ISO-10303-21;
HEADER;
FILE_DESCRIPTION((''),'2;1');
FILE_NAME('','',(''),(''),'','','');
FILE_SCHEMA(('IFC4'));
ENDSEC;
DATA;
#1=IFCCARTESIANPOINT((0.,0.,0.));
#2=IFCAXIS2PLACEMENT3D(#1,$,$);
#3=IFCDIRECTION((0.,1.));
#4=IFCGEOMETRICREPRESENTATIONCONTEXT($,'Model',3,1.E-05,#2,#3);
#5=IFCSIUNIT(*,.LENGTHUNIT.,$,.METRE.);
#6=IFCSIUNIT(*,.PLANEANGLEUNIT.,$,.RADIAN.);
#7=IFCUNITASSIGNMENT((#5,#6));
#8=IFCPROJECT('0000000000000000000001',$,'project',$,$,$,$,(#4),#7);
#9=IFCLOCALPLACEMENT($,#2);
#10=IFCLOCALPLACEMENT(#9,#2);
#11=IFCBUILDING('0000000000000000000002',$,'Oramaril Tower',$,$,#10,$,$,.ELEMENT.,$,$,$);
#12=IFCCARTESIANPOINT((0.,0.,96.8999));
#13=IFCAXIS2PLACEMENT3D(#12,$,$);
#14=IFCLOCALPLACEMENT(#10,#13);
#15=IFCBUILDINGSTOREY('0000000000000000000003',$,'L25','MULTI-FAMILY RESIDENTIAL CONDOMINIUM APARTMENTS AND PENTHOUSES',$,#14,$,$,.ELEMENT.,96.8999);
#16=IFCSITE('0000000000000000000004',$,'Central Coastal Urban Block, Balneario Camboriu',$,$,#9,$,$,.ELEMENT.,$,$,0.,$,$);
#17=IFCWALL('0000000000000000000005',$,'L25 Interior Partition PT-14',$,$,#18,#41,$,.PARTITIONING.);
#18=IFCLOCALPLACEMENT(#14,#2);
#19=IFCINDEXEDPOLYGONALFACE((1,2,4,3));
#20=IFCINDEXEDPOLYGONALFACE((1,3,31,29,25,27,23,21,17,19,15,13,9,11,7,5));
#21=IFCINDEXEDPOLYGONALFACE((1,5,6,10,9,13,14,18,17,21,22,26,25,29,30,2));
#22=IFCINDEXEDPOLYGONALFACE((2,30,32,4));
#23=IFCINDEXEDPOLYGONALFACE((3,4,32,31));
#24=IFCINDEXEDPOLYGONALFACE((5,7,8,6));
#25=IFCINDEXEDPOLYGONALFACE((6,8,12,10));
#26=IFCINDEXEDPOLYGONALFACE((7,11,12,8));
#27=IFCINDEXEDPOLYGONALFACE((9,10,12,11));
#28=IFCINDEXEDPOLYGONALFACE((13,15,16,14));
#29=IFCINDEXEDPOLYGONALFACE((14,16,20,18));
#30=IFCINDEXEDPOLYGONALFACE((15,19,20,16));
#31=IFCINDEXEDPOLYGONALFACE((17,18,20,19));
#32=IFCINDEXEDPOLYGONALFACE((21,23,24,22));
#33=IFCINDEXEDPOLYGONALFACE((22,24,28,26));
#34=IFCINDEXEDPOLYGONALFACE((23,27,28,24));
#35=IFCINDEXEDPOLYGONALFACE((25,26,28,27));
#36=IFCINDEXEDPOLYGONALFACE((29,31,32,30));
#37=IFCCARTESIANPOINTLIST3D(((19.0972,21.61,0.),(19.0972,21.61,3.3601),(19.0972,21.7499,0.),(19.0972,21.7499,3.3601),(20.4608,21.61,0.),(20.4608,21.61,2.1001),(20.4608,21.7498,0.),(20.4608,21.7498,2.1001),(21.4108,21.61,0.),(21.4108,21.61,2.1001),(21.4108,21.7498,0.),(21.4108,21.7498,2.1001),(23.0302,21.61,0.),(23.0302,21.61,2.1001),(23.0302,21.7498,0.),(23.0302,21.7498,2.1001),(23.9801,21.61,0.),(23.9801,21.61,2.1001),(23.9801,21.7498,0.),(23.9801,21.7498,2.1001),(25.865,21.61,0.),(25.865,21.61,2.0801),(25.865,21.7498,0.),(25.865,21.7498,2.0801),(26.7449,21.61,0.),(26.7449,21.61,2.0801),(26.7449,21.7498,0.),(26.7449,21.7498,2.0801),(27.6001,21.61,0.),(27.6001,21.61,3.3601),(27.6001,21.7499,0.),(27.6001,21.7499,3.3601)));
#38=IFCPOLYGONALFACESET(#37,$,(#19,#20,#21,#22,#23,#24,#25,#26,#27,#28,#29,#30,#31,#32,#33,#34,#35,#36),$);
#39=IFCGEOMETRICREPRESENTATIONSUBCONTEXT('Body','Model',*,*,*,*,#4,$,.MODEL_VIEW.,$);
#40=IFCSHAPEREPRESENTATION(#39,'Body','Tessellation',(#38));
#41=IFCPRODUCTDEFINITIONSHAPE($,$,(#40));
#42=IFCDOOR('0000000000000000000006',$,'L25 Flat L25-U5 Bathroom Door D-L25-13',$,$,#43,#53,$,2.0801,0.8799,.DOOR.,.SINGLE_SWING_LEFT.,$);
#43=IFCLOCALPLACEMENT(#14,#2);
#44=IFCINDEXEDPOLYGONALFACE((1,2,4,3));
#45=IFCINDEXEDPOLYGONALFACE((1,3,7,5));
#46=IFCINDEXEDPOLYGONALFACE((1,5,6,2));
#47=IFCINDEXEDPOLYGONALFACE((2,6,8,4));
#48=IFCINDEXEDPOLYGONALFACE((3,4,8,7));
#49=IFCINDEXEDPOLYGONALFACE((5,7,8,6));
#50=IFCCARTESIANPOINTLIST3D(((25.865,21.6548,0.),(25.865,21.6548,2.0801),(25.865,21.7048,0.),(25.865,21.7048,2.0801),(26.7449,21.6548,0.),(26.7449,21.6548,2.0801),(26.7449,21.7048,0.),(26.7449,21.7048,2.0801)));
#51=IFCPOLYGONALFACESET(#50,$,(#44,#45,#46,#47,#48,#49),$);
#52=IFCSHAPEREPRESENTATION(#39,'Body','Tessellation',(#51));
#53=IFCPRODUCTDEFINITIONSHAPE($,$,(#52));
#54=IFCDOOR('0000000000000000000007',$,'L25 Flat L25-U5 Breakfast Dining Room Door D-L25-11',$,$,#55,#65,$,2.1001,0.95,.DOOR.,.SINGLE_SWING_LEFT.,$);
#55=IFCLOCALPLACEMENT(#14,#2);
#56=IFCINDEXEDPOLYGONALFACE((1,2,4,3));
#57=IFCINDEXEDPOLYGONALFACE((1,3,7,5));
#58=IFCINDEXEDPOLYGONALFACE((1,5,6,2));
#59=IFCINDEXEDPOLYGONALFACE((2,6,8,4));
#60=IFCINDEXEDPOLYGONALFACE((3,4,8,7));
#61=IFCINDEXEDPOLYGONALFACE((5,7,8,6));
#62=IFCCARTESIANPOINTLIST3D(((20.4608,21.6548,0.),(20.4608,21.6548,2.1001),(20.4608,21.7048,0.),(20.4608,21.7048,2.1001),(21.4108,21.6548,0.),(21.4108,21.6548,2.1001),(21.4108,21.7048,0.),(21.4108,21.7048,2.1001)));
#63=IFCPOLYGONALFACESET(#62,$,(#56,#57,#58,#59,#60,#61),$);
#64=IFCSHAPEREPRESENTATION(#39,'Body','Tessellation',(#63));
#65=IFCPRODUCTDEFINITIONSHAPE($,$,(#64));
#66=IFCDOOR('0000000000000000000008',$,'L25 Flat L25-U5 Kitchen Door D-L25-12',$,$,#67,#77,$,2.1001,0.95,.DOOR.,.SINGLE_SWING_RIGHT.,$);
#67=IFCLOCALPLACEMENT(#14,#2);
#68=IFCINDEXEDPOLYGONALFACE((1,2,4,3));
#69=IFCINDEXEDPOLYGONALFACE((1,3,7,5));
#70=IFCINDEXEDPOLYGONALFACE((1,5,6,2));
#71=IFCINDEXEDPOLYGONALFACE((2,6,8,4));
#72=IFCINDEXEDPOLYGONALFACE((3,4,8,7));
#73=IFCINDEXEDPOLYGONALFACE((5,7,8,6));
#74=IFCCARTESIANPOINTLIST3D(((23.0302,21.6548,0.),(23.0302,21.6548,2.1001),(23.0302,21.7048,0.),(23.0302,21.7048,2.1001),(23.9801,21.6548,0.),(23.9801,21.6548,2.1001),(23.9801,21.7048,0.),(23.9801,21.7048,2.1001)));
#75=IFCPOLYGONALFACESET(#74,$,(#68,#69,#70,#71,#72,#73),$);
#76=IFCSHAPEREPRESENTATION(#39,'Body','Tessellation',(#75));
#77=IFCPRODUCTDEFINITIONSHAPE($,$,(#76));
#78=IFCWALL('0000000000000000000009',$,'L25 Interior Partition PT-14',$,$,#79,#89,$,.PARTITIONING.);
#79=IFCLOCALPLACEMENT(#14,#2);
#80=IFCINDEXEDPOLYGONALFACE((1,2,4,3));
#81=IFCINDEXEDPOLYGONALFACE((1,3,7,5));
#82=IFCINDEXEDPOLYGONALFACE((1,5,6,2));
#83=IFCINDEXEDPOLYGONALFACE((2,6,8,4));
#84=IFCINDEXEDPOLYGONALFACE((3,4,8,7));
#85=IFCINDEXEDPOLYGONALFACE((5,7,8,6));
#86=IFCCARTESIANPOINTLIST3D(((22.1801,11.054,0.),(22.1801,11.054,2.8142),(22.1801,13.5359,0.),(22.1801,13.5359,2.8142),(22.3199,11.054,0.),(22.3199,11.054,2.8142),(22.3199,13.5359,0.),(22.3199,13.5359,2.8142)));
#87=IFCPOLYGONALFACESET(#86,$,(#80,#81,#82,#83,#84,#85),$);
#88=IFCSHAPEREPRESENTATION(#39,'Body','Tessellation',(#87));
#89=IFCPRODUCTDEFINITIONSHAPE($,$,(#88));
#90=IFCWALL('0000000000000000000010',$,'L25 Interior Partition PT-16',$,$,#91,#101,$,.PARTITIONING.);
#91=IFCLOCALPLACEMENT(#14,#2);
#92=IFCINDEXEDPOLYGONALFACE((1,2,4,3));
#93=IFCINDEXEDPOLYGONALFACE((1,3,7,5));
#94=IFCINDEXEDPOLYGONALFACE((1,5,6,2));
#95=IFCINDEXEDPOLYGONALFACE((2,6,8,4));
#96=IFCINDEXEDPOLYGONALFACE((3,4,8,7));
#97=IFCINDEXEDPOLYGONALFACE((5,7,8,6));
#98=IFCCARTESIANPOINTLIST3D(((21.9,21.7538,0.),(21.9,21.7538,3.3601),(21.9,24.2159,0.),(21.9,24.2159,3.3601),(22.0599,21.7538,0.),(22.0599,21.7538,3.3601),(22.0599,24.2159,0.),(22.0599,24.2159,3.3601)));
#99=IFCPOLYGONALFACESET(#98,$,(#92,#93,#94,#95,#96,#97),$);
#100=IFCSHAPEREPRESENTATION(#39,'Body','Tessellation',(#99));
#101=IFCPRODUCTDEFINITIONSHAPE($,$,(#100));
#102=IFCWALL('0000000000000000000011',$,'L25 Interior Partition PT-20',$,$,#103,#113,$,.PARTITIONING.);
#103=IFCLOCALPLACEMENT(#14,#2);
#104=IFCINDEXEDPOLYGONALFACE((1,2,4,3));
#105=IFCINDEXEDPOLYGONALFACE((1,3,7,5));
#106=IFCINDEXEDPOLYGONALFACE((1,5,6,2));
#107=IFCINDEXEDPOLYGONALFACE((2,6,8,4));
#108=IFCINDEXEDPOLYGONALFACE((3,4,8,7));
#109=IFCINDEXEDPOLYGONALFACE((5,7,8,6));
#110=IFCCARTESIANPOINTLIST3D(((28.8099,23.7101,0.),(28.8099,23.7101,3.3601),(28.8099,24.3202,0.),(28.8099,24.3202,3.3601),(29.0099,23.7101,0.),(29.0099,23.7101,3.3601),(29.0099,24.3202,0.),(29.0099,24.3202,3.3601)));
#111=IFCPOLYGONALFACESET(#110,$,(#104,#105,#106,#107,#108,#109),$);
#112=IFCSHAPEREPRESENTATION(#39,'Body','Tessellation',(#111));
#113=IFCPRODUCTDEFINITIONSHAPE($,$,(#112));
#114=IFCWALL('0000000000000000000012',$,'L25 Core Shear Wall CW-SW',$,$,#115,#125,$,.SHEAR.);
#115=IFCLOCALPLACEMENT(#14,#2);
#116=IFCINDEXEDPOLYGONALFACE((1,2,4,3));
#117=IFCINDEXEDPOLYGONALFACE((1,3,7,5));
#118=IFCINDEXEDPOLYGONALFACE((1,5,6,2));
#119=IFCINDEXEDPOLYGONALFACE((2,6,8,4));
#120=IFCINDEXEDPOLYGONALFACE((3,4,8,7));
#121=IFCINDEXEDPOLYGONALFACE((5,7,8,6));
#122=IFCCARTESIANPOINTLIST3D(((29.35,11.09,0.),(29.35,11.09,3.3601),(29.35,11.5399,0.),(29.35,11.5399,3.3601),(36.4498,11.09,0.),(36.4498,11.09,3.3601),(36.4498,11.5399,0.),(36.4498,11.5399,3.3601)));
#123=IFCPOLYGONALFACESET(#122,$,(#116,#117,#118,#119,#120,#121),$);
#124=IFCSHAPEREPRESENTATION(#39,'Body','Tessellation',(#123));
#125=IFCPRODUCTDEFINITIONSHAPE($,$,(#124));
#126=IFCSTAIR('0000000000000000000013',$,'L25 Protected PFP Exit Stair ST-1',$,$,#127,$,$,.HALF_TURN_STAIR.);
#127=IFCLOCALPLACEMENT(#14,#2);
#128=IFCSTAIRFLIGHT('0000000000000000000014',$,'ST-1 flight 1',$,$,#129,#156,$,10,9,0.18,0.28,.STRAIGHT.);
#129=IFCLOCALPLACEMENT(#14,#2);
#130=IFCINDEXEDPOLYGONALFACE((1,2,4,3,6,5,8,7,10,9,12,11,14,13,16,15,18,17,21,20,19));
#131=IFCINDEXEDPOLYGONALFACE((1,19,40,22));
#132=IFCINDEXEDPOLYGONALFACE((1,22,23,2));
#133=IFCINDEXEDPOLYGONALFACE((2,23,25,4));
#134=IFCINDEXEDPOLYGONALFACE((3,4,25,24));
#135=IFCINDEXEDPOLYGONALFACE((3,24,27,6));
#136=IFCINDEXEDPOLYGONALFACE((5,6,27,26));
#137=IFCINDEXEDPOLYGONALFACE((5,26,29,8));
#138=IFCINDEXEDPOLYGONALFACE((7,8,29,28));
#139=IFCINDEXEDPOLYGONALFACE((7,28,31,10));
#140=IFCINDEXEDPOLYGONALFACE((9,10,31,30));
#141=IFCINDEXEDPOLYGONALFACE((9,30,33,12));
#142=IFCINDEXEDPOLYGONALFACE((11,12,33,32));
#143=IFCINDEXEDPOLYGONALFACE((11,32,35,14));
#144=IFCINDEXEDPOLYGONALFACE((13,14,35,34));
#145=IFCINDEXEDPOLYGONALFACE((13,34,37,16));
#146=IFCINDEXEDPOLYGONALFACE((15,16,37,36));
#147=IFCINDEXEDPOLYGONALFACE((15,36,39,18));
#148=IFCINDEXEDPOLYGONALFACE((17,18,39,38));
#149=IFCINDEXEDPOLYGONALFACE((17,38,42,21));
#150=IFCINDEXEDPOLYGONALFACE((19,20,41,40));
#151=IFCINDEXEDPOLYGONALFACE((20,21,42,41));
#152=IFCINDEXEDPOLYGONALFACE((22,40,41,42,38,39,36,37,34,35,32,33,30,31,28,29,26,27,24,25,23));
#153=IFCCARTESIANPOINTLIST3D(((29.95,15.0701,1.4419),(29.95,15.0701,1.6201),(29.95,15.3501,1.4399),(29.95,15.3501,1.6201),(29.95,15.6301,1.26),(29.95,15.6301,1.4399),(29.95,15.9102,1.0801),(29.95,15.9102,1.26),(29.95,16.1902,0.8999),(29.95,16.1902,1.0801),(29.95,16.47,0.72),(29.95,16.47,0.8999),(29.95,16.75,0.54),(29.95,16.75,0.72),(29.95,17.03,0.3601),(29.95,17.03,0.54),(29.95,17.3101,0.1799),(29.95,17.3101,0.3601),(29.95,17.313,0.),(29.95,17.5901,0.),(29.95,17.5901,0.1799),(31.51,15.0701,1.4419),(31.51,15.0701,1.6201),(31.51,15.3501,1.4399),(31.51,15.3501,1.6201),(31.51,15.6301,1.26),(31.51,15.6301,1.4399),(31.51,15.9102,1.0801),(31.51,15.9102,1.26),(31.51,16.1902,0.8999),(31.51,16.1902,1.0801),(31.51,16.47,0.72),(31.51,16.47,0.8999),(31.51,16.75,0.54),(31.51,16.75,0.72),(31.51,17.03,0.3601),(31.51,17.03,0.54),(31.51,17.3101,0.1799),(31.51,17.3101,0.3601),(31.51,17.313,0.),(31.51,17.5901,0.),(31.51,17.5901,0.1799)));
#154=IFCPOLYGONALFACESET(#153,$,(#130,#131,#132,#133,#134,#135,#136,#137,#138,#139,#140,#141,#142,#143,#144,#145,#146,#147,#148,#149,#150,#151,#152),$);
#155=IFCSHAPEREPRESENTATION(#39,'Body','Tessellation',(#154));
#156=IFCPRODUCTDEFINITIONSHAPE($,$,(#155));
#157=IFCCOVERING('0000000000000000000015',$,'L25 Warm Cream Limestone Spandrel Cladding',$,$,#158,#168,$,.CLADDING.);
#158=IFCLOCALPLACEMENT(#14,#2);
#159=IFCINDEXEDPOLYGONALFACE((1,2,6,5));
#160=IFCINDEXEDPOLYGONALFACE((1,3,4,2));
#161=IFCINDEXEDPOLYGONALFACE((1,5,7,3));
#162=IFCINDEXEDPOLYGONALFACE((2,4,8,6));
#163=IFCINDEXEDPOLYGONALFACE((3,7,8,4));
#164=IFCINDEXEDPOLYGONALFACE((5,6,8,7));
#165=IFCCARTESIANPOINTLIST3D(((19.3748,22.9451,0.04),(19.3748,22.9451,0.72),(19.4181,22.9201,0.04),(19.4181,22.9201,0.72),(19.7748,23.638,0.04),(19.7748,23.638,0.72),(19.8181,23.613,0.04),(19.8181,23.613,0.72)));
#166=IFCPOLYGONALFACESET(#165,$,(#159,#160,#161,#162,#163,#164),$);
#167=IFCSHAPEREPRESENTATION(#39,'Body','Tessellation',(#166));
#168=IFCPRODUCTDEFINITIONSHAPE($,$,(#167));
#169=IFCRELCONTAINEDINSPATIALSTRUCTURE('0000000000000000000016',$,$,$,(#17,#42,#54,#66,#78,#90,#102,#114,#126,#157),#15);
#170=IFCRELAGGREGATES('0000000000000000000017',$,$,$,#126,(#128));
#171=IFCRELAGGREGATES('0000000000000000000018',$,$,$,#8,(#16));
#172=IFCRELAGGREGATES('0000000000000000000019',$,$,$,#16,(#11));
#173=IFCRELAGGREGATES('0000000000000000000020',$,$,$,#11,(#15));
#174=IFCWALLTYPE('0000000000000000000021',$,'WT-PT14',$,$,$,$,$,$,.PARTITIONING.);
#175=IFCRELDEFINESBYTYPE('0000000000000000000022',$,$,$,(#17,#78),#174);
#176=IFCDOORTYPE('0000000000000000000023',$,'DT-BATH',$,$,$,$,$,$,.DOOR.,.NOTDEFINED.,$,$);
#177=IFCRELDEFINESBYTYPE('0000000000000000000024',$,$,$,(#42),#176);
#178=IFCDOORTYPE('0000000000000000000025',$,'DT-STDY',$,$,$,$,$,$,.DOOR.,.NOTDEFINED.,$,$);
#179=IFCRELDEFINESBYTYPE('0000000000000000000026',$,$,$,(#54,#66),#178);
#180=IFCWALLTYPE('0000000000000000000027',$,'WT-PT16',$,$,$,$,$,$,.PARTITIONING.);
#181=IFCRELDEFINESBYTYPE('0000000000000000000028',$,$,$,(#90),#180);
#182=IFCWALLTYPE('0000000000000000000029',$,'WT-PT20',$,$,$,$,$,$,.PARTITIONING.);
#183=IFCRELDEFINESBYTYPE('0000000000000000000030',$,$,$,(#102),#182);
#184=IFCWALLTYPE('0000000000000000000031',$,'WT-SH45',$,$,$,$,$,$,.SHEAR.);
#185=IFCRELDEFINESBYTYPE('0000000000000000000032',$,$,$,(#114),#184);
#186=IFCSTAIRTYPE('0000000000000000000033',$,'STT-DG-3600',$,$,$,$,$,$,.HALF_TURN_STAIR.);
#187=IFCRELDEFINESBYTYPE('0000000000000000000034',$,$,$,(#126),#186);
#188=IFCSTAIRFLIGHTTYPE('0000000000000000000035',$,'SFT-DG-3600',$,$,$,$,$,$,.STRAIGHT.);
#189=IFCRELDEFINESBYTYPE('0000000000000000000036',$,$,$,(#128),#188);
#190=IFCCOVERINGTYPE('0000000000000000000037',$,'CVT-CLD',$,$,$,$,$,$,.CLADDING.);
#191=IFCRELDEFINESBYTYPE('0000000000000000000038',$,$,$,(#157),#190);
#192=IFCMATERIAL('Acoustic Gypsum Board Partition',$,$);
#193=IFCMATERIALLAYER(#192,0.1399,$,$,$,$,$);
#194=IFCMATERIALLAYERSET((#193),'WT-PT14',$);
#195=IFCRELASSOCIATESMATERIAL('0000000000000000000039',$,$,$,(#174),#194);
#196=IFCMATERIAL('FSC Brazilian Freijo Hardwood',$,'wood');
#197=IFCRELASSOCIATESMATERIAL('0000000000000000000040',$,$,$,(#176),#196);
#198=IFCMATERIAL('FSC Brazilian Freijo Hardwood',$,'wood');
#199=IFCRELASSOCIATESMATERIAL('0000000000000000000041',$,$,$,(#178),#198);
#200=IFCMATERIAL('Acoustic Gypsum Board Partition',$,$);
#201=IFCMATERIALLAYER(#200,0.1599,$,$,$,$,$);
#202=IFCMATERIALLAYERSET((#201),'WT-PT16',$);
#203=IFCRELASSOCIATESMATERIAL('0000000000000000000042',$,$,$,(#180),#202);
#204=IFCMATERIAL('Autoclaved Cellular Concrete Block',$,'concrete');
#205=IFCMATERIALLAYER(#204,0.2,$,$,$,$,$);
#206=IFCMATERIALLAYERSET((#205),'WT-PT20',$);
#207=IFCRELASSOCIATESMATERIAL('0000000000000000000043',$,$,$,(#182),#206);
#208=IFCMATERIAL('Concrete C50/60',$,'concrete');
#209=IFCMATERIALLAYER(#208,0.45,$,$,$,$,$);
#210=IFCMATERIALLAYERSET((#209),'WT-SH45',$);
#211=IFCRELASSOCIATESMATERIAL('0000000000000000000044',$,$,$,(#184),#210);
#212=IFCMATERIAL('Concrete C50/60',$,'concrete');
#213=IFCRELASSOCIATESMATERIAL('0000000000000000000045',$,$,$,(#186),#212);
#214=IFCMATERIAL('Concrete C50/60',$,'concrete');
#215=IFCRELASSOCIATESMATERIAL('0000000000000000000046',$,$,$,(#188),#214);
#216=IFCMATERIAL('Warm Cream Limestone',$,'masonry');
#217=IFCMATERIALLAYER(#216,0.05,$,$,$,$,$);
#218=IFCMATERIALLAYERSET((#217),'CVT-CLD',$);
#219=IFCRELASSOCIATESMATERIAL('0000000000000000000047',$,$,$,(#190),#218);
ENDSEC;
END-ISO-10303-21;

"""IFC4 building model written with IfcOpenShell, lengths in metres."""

from ifc_helpers import new_model, si_unit, direction, frame, frame_2d, origin, origin_2d, place, context, subcontext, project, spatial, polyline, rectangle, outline, extrude, material, layer, layer_set, type_object, element, fill, aggregate, save


model = new_model("IFC4")

# Units and contexts
model_context = context("Model", 3, precision=1e-05, world=origin(), true_north=direction((0.0, 1.0)))
body_context = subcontext(model_context, "Body", "Model", "MODEL_VIEW")
ifc_project = project(units=[si_unit("LENGTHUNIT", "METRE"), si_unit("PLANEANGLEUNIT", "RADIAN")], contexts=[model_context])

# Site, building, storey
site_placement = place(None, origin())
site = spatial("IfcSite", under=ifc_project, at=site_placement, Name="Central Coastal Urban Block, Balneario Camboriu", CompositionType="ELEMENT", RefElevation=0.0)
building_placement = place(site_placement, origin())
building = spatial("IfcBuilding", under=site, at=building_placement, Name="Oramaril Tower", CompositionType="ELEMENT")
storey_placement = place(building_placement, frame((0.0, 0.0, 96.8999)))
storey = spatial("IfcBuildingStorey", under=building, at=storey_placement, Name="L25", Description="MULTI-FAMILY RESIDENTIAL CONDOMINIUM APARTMENTS AND PENTHOUSES", CompositionType="ELEMENT", Elevation=96.8999)

# Wall, openings, doors
ifc_material_1 = material(Name="Acoustic Gypsum Board Partition")
ifc_layer_1 = layer(ifc_material_1, 0.1399)
ifc_layer_set_1 = layer_set([ifc_layer_1], Name="WT-PT14")
wall_type_1 = type_object("IfcWallType", Name="WT-PT14", PredefinedType="PARTITIONING", material=ifc_layer_set_1)
wall_1_placement = place(storey_placement, frame((19.0972, 21.6799, 0.0), z_axis=(0.0, 0.0, 1.0), x_axis=(1.0, 0.0, 0.0)))
wall_1 = element("IfcWall", 1, at=wall_1_placement, inside=storey, type_object=wall_type_1, Name="L25 Interior Partition PT-14", PredefinedType="PARTITIONING", context=body_context, shape_type="SweptSolid", body=[
    extrude(rectangle(XDim=8.5029, YDim=0.1399, at=frame_2d((4.2515, 0.0))), origin(), (0.0, 0.0, 1.0), 3.3601),
])
opening_1_placement = place(wall_1_placement, frame((1.3635, 0.0, 0.0)))
opening_1 = element("IfcOpeningElement", 2, at=opening_1_placement, cuts=wall_1, PredefinedType="OPENING", context=body_context, shape_type="SweptSolid", body=[
    extrude(rectangle(XDim=0.95, YDim=2.1001, at=frame_2d((0.4751, 1.05))), frame((0.0, 0.0698, 0.0), z_axis=(0.0, -1.0, 0.0), x_axis=(1.0, 0.0, 0.0)), (0.0, 0.0, 1.0), 0.1399),
])
opening_2_placement = place(wall_1_placement, frame((3.9329, 0.0, 0.0)))
opening_2 = element("IfcOpeningElement", 3, at=opening_2_placement, cuts=wall_1, PredefinedType="OPENING", context=body_context, shape_type="SweptSolid", body=[
    extrude(rectangle(XDim=0.95, YDim=2.1001, at=frame_2d((0.4751, 1.05))), frame((0.0, 0.0698, 0.0), z_axis=(0.0, -1.0, 0.0), x_axis=(1.0, 0.0, 0.0)), (0.0, 0.0, 1.0), 0.1399),
])
opening_3_placement = place(wall_1_placement, frame((6.7678, 0.0, 0.0)))
opening_3 = element("IfcOpeningElement", 4, at=opening_3_placement, cuts=wall_1, PredefinedType="OPENING", context=body_context, shape_type="SweptSolid", body=[
    extrude(rectangle(XDim=0.8799, YDim=2.0801, at=frame_2d((0.4399, 1.04))), frame((0.0, 0.0698, 0.0), z_axis=(0.0, -1.0, 0.0), x_axis=(1.0, 0.0, 0.0)), (0.0, 0.0, 1.0), 0.1399),
])
ifc_material_2 = material(Name="FSC Brazilian Freijo Hardwood", Category="wood")
door_type_1 = type_object("IfcDoorType", Name="DT-BATH", OperationType="NOTDEFINED", PredefinedType="DOOR", material=ifc_material_2)
door_1_placement = place(opening_3_placement, origin())
door_1 = element("IfcDoor", 5, at=door_1_placement, inside=storey, type_object=door_type_1, Name="L25 Flat L25-U5 Bathroom Door D-L25-13", OperationType="SINGLE_SWING_LEFT", OverallHeight=2.0801, OverallWidth=0.8799, PredefinedType="DOOR", context=body_context, shape_type="SweptSolid", body=[
    extrude(rectangle(XDim=0.8799, YDim=2.0801, at=frame_2d((0.4399, 1.04))), frame((0.0, 0.0249, 0.0), z_axis=(0.0, -1.0, 0.0), x_axis=(1.0, 0.0, 0.0)), (0.0, 0.0, 1.0), 0.05),
])
fill(opening_3, door_1)
ifc_material_3 = material(Name="FSC Brazilian Freijo Hardwood", Category="wood")
door_type_2 = type_object("IfcDoorType", Name="DT-STDY", OperationType="NOTDEFINED", PredefinedType="DOOR", material=ifc_material_3)
door_2_placement = place(opening_1_placement, origin())
door_2 = element("IfcDoor", 6, at=door_2_placement, inside=storey, type_object=door_type_2, Name="L25 Flat L25-U5 Breakfast Dining Room Door D-L25-11", OperationType="SINGLE_SWING_LEFT", OverallHeight=2.1001, OverallWidth=0.95, PredefinedType="DOOR", context=body_context, shape_type="SweptSolid", body=[
    extrude(rectangle(XDim=0.95, YDim=2.1001, at=frame_2d((0.4751, 1.05))), frame((0.0, 0.0249, 0.0), z_axis=(0.0, -1.0, 0.0), x_axis=(1.0, 0.0, 0.0)), (0.0, 0.0, 1.0), 0.05),
])
fill(opening_1, door_2)
door_3_placement = place(opening_2_placement, origin())
door_3 = element("IfcDoor", 7, at=door_3_placement, inside=storey, type_object=door_type_2, Name="L25 Flat L25-U5 Kitchen Door D-L25-12", OperationType="SINGLE_SWING_RIGHT", OverallHeight=2.1001, OverallWidth=0.95, PredefinedType="DOOR", context=body_context, shape_type="SweptSolid", body=[
    extrude(rectangle(XDim=0.95, YDim=2.1001, at=frame_2d((0.4751, 1.05))), frame((0.0, 0.0249, 0.0), z_axis=(0.0, -1.0, 0.0), x_axis=(1.0, 0.0, 0.0)), (0.0, 0.0, 1.0), 0.05),
])
fill(opening_2, door_3)

# Walls
wall_2_placement = place(storey_placement, frame((22.25, 11.054, 0.0), z_axis=(0.0, 0.0, 1.0), x_axis=(0.0, 1.0, 0.0)))
element("IfcWall", 8, at=wall_2_placement, inside=storey, type_object=wall_type_1, Name="L25 Interior Partition PT-14", PredefinedType="PARTITIONING", context=body_context, shape_type="SweptSolid", body=[
    extrude(rectangle(XDim=2.4819, YDim=0.1399, at=frame_2d((1.241, 0.0))), origin(), (0.0, 0.0, 1.0), 2.8142),
])
ifc_material_4 = material(Name="Acoustic Gypsum Board Partition")
ifc_layer_2 = layer(ifc_material_4, 0.1599)
ifc_layer_set_2 = layer_set([ifc_layer_2], Name="WT-PT16")
wall_type_2 = type_object("IfcWallType", Name="WT-PT16", PredefinedType="PARTITIONING", material=ifc_layer_set_2)
wall_3_placement = place(storey_placement, frame((21.98, 21.7539, 0.0), z_axis=(0.0, 0.0, 1.0), x_axis=(0.0, 1.0, 0.0)))
element("IfcWall", 9, at=wall_3_placement, inside=storey, type_object=wall_type_2, Name="L25 Interior Partition PT-16", PredefinedType="PARTITIONING", context=body_context, shape_type="SweptSolid", body=[
    extrude(rectangle(XDim=2.4622, YDim=0.1599, at=frame_2d((1.231, 0.0))), origin(), (0.0, 0.0, 1.0), 3.3601),
])

# Shared definitions
ifc_material_5 = material(Name="Autoclaved Cellular Concrete Block", Category="concrete")
ifc_layer_3 = layer(ifc_material_5, 0.2)
ifc_layer_set_3 = layer_set([ifc_layer_3], Name="WT-PT20")
wall_type_3 = type_object("IfcWallType", Name="WT-PT20", PredefinedType="PARTITIONING", material=ifc_layer_set_3)

# Wall
wall_4_placement = place(storey_placement, frame((28.9099, 23.71, 0.0), z_axis=(0.0, 0.0, 1.0), x_axis=(0.0, 1.0, 0.0)))
element("IfcWall", 10, at=wall_4_placement, inside=storey, type_object=wall_type_3, Name="L25 Interior Partition PT-20", PredefinedType="PARTITIONING", context=body_context, shape_type="SweptSolid", body=[
    extrude(rectangle(XDim=0.6101, YDim=0.2, at=frame_2d((0.3052, 0.0))), origin(), (0.0, 0.0, 1.0), 3.3601),
])

# Wall
ifc_material_6 = material(Name="Concrete C50/60", Category="concrete")
ifc_layer_4 = layer(ifc_material_6, 0.45)
ifc_layer_set_4 = layer_set([ifc_layer_4], Name="WT-SH45")
wall_type_4 = type_object("IfcWallType", Name="WT-SH45", PredefinedType="SHEAR", material=ifc_layer_set_4)
wall_5_placement = place(storey_placement, frame((29.3501, 11.3149, 0.0), z_axis=(0.0, 0.0, 1.0), x_axis=(1.0, 0.0, 0.0)))
element("IfcWall", 11, at=wall_5_placement, inside=storey, type_object=wall_type_4, Name="L25 Core Shear Wall CW-SW", PredefinedType="SHEAR", context=body_context, shape_type="SweptSolid", body=[
    extrude(rectangle(XDim=7.0999, YDim=0.45, at=frame_2d((3.5498, 0.0))), origin(), (0.0, 0.0, 1.0), 3.3601),
])

# Stair, stair flight
ifc_material_7 = material(Name="Concrete C50/60", Category="concrete")
stair_type = type_object("IfcStairType", Name="STT-DG-3600", PredefinedType="HALF_TURN_STAIR", material=ifc_material_7)
stair_placement = place(storey_placement, origin())
stair = element("IfcStair", 12, at=stair_placement, inside=storey, type_object=stair_type, Name="L25 Protected PFP Exit Stair ST-1", PredefinedType="HALF_TURN_STAIR")
ifc_material_8 = material(Name="Concrete C50/60", Category="concrete")
stair_flight_type = type_object("IfcStairFlightType", Name="SFT-DG-3600", PredefinedType="STRAIGHT", material=ifc_material_8)
stair_flight_placement = place(storey_placement, frame((30.73, 17.5901, 0.0), z_axis=(0.0, 0.0, 1.0), x_axis=(0.0, -1.0, 0.0)))
stair_flight = element("IfcStairFlight", 13, at=stair_flight_placement, type_object=stair_flight_type, Name="ST-1 flight 1", NumberOfRisers=10, NumberOfTreads=9, PredefinedType="STRAIGHT", RiserHeight=0.18, TreadLength=0.28, context=body_context, shape_type="SweptSolid", body=[
    extrude(outline(polyline([(0.0, 0.0), (0.0, 0.1799), (0.28, 0.1799), (0.28, 0.3601), (0.5601, 0.3601), (0.5601, 0.54), (0.8401, 0.54), (0.8401, 0.72), (1.1201, 0.72), (1.1201, 0.8999), (1.3999, 0.8999), (1.3999, 1.0801), (1.6799, 1.0801), (1.6799, 1.26), (1.96, 1.26), (1.96, 1.4399), (2.24, 1.4399), (2.24, 1.6201), (2.52, 1.6201), (2.52, 1.8), (2.52, 1.4419), (0.2771, 0.0), (0.0, 0.0)])), frame((0.0, 0.78, 0.0), z_axis=(0.0, -1.0, 0.0), x_axis=(1.0, 0.0, 0.0)), (0.0, 0.0, 1.0), 1.5601),
])
aggregate(stair, [stair_flight])

# Covering
ifc_material_9 = material(Name="Warm Cream Limestone", Category="masonry")
ifc_layer_5 = layer(ifc_material_9, 0.05)
ifc_layer_set_5 = layer_set([ifc_layer_5], Name="CVT-CLD")
covering_type = type_object("IfcCoveringType", Name="CVT-CLD", PredefinedType="CLADDING", material=ifc_layer_set_5)
covering_placement = place(storey_placement, frame((19.5964, 23.2791, 0.04), z_axis=(0.0, 0.0, 1.0), x_axis=(-0.5, -0.866025, 0.0)))
element("IfcCovering", 14, at=covering_placement, inside=storey, type_object=covering_type, Name="L25 Warm Cream Limestone Spandrel Cladding", PredefinedType="CLADDING", context=body_context, shape_type="SweptSolid", body=[
    extrude(rectangle(XDim=0.8, YDim=0.05, at=origin_2d()), origin(), (0.0, 0.0, 1.0), 0.6799),
])

save(model, "model.ifc")
